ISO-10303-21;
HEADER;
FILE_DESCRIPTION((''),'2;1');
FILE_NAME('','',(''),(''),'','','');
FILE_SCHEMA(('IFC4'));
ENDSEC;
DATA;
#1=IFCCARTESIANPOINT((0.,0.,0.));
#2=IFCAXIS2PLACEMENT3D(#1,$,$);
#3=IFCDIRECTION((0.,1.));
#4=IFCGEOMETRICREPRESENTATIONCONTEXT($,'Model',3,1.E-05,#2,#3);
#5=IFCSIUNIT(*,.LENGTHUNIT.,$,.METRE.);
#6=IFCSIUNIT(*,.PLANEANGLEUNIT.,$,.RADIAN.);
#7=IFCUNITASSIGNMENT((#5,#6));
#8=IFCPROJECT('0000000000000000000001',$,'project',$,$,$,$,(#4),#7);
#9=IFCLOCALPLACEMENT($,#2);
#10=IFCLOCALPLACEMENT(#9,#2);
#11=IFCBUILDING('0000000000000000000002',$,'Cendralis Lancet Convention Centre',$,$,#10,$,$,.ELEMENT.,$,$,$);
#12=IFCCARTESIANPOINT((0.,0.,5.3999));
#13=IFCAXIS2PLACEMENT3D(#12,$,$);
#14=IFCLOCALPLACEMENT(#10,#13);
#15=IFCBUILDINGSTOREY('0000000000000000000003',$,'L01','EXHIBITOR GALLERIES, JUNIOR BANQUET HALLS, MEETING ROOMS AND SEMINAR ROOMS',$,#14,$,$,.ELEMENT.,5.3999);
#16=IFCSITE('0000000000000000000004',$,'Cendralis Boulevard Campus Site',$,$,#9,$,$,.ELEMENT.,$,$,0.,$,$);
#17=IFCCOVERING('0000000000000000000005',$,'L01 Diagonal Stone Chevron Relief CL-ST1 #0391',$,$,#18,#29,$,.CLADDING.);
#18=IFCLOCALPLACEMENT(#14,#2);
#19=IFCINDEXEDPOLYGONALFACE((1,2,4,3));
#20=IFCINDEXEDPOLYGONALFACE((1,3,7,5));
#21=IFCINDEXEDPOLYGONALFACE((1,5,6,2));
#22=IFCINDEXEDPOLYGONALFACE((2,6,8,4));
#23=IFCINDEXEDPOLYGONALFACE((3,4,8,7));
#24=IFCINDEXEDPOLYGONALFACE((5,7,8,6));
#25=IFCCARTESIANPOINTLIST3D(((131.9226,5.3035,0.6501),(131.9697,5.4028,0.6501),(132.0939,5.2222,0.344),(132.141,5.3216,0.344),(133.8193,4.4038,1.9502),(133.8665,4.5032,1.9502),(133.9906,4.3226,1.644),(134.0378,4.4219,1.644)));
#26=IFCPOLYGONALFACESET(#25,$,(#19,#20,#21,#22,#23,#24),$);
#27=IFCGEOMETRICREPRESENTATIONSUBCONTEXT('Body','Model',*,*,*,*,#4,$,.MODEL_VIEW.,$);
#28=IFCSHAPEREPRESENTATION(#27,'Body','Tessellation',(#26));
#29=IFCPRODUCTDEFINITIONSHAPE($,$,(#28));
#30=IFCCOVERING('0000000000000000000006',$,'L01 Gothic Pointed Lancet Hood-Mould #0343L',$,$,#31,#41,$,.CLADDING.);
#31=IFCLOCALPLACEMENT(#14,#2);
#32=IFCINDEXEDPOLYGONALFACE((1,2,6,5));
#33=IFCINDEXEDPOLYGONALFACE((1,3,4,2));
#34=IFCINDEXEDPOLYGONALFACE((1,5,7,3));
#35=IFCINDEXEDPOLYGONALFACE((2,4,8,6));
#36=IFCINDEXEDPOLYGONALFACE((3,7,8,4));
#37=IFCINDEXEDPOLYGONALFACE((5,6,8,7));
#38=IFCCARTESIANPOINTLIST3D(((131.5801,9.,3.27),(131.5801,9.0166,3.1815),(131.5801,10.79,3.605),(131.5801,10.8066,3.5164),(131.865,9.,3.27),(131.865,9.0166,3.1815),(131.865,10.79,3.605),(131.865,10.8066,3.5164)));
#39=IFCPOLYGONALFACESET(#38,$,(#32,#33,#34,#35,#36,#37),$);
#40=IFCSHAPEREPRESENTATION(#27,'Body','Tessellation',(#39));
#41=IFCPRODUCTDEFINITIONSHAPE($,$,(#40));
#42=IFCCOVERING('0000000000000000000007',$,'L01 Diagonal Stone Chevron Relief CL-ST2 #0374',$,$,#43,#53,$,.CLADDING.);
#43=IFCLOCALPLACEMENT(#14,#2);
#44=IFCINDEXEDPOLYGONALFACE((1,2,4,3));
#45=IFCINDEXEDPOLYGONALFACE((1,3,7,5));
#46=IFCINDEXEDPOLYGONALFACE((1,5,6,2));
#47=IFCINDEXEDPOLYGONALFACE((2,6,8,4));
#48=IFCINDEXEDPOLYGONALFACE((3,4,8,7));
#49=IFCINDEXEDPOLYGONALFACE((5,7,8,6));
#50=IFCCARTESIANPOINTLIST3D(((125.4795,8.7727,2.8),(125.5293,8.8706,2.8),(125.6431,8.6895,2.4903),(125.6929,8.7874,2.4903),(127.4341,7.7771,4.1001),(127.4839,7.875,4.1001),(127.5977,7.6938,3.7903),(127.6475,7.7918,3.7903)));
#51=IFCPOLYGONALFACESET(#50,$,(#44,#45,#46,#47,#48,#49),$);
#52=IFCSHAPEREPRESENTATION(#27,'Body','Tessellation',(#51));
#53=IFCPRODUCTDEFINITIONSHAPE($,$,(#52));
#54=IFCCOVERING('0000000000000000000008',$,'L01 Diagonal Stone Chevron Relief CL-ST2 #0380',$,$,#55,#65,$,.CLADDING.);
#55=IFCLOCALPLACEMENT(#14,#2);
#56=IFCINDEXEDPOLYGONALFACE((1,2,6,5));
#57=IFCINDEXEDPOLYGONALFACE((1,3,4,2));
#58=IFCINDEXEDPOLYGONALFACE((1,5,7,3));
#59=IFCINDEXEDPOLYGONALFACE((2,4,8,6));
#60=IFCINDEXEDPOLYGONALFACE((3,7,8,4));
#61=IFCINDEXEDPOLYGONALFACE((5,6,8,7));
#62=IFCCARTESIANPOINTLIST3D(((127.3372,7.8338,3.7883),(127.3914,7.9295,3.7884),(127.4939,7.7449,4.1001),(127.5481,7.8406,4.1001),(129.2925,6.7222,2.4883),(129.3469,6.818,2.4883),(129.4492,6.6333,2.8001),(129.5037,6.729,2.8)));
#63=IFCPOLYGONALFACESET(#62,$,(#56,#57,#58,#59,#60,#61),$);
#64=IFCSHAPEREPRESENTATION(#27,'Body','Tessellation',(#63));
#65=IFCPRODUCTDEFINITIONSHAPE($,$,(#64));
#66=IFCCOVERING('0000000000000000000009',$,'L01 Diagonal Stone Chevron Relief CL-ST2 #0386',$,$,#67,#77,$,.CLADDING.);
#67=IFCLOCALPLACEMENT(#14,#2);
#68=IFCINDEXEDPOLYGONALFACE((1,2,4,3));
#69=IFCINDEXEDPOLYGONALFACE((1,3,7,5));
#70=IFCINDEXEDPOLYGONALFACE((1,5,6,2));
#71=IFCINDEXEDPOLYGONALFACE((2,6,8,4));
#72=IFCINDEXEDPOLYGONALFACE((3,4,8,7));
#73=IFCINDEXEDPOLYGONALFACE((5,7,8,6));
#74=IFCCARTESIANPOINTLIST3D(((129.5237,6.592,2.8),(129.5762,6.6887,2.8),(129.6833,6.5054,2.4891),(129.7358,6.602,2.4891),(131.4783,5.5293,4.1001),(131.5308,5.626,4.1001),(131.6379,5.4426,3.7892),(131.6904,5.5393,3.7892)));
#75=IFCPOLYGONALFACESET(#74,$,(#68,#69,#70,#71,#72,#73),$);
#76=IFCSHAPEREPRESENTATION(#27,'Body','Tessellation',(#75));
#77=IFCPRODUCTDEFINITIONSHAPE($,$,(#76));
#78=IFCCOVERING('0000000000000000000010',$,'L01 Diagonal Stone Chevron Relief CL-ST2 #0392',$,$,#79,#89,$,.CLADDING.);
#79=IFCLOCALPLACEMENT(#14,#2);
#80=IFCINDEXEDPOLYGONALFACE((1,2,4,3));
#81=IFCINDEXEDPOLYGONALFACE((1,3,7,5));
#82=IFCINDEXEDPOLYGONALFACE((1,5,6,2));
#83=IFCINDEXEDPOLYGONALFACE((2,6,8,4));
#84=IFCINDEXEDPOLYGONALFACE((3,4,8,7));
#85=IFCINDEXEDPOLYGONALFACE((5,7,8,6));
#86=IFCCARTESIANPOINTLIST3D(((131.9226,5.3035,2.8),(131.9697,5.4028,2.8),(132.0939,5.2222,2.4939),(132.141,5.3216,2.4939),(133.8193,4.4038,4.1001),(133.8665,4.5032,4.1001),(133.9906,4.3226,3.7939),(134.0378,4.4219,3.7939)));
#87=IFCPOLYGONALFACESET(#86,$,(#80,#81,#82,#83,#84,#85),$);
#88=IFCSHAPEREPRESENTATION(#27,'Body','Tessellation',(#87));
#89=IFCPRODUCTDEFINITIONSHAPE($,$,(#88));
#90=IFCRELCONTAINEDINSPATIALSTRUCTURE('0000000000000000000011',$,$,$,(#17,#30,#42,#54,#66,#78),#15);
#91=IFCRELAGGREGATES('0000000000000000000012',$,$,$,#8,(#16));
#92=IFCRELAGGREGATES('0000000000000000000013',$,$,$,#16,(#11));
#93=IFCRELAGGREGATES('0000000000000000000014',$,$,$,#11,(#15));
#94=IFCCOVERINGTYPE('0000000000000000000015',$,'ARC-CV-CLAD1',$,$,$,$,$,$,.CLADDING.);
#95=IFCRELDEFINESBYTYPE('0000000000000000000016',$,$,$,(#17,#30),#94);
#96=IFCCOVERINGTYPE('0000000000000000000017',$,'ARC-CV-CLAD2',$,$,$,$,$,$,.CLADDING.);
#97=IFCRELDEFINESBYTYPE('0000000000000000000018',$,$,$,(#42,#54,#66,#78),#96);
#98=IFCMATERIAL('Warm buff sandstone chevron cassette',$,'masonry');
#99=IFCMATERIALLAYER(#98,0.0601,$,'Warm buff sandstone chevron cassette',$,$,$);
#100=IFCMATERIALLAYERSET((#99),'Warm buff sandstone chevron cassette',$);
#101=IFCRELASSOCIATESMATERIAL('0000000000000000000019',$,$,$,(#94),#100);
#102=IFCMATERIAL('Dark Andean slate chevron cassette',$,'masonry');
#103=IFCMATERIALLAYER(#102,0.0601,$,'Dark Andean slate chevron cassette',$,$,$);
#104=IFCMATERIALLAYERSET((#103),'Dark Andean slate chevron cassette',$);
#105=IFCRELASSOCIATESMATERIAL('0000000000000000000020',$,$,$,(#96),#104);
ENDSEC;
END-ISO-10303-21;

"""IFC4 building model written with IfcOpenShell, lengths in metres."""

from ifc_helpers import new_model, si_unit, direction, frame, origin, place, context, subcontext, project, spatial, polyline, outline, extrude, material, layer, layer_set, type_object, element, save


model = new_model("IFC4")

# Units and contexts
model_context = context("Model", 3, precision=1e-05, world=origin(), true_north=direction((0.0, 1.0)))
body_context = subcontext(model_context, "Body", "Model", "MODEL_VIEW")
ifc_project = project(units=[si_unit("LENGTHUNIT", "METRE"), si_unit("PLANEANGLEUNIT", "RADIAN")], contexts=[model_context])

# Site, building, storey
site_placement = place(None, origin())
site = spatial("IfcSite", under=ifc_project, at=site_placement, Name="Cendralis Boulevard Campus Site", CompositionType="ELEMENT", RefElevation=0.0)
building_placement = place(site_placement, origin())
building = spatial("IfcBuilding", under=site, at=building_placement, Name="Cendralis Lancet Convention Centre", CompositionType="ELEMENT")
storey_placement = place(building_placement, frame((0.0, 0.0, 5.3999)))
storey = spatial("IfcBuildingStorey", under=building, at=storey_placement, Name="L01", Description="EXHIBITOR GALLERIES, JUNIOR BANQUET HALLS, MEETING ROOMS AND SEMINAR ROOMS", CompositionType="ELEMENT", Elevation=5.3999)

# Shared definitions
ifc_material_1 = material(Name="Warm buff sandstone chevron cassette", Category="masonry")
ifc_material_2 = material(Name="Dark Andean slate chevron cassette", Category="masonry")

# Coverings
ifc_layer_1 = layer(ifc_material_1, 0.0601, Name="Warm buff sandstone chevron cassette")
ifc_layer_set_1 = layer_set([ifc_layer_1], Name="Warm buff sandstone chevron cassette")
covering_type_1 = type_object("IfcCoveringType", Name="ARC-CV-CLAD1", PredefinedType="CLADDING", material=ifc_layer_set_1)
covering_1_placement = place(storey_placement, frame((131.9226, 5.3035, 0.6501), z_axis=(-0.475723, 0.225588, 0.850175), x_axis=(0.768146, -0.364348, 0.5265)))
element("IfcCovering", 1, at=covering_1_placement, inside=storey, type_object=covering_type_1, Name="L01 Diagonal Stone Chevron Relief CL-ST1 #0391", PredefinedType="CLADDING", context=body_context, shape_type="SweptSolid", body=[
    extrude(outline(polyline([(0.0, 0.0), (2.4692, 0.0), (2.4692, 0.11), (0.0, 0.11), (0.0, 0.0)])), origin(), (0.0, 0.0, -1.0), 0.3601),
])
covering_2_placement = place(storey_placement, frame((131.5801, 9.0, 3.27), z_axis=(0.0, -0.183932, 0.982939), x_axis=(1.0, 0.0, 0.0)))
element("IfcCovering", 2, at=covering_2_placement, inside=storey, type_object=covering_type_1, Name="L01 Gothic Pointed Lancet Hood-Mould #0343L", PredefinedType="CLADDING", context=body_context, shape_type="SweptSolid", body=[
    extrude(outline(polyline([(0.0, 0.0), (0.2849, 0.0), (0.2849, 1.8211), (0.0, 1.8211), (0.0, 0.0)])), origin(), (0.0, 0.0, -1.0), 0.0901),
])
ifc_layer_2 = layer(ifc_material_2, 0.0601, Name="Dark Andean slate chevron cassette")
ifc_layer_set_2 = layer_set([ifc_layer_2], Name="Dark Andean slate chevron cassette")
covering_type_2 = type_object("IfcCoveringType", Name="ARC-CV-CLAD2", PredefinedType="CLADDING", material=ifc_layer_set_2)
covering_3_placement = place(storey_placement, frame((125.4795, 8.7727, 2.8), z_axis=(-0.454427, 0.23118, 0.860262), x_axis=(0.766548, -0.390455, 0.509851)))
element("IfcCovering", 3, at=covering_3_placement, inside=storey, type_object=covering_type_2, Name="L01 Diagonal Stone Chevron Relief CL-ST2 #0374", PredefinedType="CLADDING", context=body_context, shape_type="SweptSolid", body=[
    extrude(outline(polyline([(0.0, 0.0), (2.5499, 0.0), (2.5498, 0.1098), (0.0, 0.1098), (0.0, 0.0)])), origin(), (0.0, 0.0, -1.0), 0.3601),
])
covering_4_placement = place(storey_placement, frame((127.4939, 7.7449, 4.1001), z_axis=(0.435192, -0.247016, 0.86579), x_axis=(0.752668, -0.427881, -0.500408)))
element("IfcCovering", 4, at=covering_4_placement, inside=storey, type_object=covering_type_2, Name="L01 Diagonal Stone Chevron Relief CL-ST2 #0380", PredefinedType="CLADDING", context=body_context, shape_type="SweptSolid", body=[
    extrude(outline(polyline([(0.0, 0.0), (2.5979, 0.0), (2.5979, 0.1101), (-0.0002, 0.11), (0.0, 0.0)])), origin(), (0.0, 0.0, -1.0), 0.3601),
])
covering_5_placement = place(storey_placement, frame((129.5237, 6.592, 2.8), z_axis=(-0.443384, 0.240726, 0.863401), x_axis=(0.758529, -0.412426, 0.504518)))
element("IfcCovering", 5, at=covering_5_placement, inside=storey, type_object=covering_type_2, Name="L01 Diagonal Stone Chevron Relief CL-ST2 #0386", PredefinedType="CLADDING", context=body_context, shape_type="SweptSolid", body=[
    extrude(outline(polyline([(0.0, 0.0), (2.5768, 0.0), (2.5768, 0.11), (-0.0001, 0.11), (0.0, 0.0)])), origin(), (0.0, 0.0, -1.0), 0.3601),
])
covering_6_placement = place(storey_placement, frame((131.9226, 5.3035, 2.8), z_axis=(-0.475723, 0.225588, 0.850175), x_axis=(0.768146, -0.364348, 0.5265)))
element("IfcCovering", 6, at=covering_6_placement, inside=storey, type_object=covering_type_2, Name="L01 Diagonal Stone Chevron Relief CL-ST2 #0392", PredefinedType="CLADDING", context=body_context, shape_type="SweptSolid", body=[
    extrude(outline(polyline([(0.0, 0.0), (2.4692, 0.0), (2.4692, 0.11), (0.0, 0.11), (0.0, 0.0)])), origin(), (0.0, 0.0, -1.0), 0.3601),
])

save(model, "model.ifc")
